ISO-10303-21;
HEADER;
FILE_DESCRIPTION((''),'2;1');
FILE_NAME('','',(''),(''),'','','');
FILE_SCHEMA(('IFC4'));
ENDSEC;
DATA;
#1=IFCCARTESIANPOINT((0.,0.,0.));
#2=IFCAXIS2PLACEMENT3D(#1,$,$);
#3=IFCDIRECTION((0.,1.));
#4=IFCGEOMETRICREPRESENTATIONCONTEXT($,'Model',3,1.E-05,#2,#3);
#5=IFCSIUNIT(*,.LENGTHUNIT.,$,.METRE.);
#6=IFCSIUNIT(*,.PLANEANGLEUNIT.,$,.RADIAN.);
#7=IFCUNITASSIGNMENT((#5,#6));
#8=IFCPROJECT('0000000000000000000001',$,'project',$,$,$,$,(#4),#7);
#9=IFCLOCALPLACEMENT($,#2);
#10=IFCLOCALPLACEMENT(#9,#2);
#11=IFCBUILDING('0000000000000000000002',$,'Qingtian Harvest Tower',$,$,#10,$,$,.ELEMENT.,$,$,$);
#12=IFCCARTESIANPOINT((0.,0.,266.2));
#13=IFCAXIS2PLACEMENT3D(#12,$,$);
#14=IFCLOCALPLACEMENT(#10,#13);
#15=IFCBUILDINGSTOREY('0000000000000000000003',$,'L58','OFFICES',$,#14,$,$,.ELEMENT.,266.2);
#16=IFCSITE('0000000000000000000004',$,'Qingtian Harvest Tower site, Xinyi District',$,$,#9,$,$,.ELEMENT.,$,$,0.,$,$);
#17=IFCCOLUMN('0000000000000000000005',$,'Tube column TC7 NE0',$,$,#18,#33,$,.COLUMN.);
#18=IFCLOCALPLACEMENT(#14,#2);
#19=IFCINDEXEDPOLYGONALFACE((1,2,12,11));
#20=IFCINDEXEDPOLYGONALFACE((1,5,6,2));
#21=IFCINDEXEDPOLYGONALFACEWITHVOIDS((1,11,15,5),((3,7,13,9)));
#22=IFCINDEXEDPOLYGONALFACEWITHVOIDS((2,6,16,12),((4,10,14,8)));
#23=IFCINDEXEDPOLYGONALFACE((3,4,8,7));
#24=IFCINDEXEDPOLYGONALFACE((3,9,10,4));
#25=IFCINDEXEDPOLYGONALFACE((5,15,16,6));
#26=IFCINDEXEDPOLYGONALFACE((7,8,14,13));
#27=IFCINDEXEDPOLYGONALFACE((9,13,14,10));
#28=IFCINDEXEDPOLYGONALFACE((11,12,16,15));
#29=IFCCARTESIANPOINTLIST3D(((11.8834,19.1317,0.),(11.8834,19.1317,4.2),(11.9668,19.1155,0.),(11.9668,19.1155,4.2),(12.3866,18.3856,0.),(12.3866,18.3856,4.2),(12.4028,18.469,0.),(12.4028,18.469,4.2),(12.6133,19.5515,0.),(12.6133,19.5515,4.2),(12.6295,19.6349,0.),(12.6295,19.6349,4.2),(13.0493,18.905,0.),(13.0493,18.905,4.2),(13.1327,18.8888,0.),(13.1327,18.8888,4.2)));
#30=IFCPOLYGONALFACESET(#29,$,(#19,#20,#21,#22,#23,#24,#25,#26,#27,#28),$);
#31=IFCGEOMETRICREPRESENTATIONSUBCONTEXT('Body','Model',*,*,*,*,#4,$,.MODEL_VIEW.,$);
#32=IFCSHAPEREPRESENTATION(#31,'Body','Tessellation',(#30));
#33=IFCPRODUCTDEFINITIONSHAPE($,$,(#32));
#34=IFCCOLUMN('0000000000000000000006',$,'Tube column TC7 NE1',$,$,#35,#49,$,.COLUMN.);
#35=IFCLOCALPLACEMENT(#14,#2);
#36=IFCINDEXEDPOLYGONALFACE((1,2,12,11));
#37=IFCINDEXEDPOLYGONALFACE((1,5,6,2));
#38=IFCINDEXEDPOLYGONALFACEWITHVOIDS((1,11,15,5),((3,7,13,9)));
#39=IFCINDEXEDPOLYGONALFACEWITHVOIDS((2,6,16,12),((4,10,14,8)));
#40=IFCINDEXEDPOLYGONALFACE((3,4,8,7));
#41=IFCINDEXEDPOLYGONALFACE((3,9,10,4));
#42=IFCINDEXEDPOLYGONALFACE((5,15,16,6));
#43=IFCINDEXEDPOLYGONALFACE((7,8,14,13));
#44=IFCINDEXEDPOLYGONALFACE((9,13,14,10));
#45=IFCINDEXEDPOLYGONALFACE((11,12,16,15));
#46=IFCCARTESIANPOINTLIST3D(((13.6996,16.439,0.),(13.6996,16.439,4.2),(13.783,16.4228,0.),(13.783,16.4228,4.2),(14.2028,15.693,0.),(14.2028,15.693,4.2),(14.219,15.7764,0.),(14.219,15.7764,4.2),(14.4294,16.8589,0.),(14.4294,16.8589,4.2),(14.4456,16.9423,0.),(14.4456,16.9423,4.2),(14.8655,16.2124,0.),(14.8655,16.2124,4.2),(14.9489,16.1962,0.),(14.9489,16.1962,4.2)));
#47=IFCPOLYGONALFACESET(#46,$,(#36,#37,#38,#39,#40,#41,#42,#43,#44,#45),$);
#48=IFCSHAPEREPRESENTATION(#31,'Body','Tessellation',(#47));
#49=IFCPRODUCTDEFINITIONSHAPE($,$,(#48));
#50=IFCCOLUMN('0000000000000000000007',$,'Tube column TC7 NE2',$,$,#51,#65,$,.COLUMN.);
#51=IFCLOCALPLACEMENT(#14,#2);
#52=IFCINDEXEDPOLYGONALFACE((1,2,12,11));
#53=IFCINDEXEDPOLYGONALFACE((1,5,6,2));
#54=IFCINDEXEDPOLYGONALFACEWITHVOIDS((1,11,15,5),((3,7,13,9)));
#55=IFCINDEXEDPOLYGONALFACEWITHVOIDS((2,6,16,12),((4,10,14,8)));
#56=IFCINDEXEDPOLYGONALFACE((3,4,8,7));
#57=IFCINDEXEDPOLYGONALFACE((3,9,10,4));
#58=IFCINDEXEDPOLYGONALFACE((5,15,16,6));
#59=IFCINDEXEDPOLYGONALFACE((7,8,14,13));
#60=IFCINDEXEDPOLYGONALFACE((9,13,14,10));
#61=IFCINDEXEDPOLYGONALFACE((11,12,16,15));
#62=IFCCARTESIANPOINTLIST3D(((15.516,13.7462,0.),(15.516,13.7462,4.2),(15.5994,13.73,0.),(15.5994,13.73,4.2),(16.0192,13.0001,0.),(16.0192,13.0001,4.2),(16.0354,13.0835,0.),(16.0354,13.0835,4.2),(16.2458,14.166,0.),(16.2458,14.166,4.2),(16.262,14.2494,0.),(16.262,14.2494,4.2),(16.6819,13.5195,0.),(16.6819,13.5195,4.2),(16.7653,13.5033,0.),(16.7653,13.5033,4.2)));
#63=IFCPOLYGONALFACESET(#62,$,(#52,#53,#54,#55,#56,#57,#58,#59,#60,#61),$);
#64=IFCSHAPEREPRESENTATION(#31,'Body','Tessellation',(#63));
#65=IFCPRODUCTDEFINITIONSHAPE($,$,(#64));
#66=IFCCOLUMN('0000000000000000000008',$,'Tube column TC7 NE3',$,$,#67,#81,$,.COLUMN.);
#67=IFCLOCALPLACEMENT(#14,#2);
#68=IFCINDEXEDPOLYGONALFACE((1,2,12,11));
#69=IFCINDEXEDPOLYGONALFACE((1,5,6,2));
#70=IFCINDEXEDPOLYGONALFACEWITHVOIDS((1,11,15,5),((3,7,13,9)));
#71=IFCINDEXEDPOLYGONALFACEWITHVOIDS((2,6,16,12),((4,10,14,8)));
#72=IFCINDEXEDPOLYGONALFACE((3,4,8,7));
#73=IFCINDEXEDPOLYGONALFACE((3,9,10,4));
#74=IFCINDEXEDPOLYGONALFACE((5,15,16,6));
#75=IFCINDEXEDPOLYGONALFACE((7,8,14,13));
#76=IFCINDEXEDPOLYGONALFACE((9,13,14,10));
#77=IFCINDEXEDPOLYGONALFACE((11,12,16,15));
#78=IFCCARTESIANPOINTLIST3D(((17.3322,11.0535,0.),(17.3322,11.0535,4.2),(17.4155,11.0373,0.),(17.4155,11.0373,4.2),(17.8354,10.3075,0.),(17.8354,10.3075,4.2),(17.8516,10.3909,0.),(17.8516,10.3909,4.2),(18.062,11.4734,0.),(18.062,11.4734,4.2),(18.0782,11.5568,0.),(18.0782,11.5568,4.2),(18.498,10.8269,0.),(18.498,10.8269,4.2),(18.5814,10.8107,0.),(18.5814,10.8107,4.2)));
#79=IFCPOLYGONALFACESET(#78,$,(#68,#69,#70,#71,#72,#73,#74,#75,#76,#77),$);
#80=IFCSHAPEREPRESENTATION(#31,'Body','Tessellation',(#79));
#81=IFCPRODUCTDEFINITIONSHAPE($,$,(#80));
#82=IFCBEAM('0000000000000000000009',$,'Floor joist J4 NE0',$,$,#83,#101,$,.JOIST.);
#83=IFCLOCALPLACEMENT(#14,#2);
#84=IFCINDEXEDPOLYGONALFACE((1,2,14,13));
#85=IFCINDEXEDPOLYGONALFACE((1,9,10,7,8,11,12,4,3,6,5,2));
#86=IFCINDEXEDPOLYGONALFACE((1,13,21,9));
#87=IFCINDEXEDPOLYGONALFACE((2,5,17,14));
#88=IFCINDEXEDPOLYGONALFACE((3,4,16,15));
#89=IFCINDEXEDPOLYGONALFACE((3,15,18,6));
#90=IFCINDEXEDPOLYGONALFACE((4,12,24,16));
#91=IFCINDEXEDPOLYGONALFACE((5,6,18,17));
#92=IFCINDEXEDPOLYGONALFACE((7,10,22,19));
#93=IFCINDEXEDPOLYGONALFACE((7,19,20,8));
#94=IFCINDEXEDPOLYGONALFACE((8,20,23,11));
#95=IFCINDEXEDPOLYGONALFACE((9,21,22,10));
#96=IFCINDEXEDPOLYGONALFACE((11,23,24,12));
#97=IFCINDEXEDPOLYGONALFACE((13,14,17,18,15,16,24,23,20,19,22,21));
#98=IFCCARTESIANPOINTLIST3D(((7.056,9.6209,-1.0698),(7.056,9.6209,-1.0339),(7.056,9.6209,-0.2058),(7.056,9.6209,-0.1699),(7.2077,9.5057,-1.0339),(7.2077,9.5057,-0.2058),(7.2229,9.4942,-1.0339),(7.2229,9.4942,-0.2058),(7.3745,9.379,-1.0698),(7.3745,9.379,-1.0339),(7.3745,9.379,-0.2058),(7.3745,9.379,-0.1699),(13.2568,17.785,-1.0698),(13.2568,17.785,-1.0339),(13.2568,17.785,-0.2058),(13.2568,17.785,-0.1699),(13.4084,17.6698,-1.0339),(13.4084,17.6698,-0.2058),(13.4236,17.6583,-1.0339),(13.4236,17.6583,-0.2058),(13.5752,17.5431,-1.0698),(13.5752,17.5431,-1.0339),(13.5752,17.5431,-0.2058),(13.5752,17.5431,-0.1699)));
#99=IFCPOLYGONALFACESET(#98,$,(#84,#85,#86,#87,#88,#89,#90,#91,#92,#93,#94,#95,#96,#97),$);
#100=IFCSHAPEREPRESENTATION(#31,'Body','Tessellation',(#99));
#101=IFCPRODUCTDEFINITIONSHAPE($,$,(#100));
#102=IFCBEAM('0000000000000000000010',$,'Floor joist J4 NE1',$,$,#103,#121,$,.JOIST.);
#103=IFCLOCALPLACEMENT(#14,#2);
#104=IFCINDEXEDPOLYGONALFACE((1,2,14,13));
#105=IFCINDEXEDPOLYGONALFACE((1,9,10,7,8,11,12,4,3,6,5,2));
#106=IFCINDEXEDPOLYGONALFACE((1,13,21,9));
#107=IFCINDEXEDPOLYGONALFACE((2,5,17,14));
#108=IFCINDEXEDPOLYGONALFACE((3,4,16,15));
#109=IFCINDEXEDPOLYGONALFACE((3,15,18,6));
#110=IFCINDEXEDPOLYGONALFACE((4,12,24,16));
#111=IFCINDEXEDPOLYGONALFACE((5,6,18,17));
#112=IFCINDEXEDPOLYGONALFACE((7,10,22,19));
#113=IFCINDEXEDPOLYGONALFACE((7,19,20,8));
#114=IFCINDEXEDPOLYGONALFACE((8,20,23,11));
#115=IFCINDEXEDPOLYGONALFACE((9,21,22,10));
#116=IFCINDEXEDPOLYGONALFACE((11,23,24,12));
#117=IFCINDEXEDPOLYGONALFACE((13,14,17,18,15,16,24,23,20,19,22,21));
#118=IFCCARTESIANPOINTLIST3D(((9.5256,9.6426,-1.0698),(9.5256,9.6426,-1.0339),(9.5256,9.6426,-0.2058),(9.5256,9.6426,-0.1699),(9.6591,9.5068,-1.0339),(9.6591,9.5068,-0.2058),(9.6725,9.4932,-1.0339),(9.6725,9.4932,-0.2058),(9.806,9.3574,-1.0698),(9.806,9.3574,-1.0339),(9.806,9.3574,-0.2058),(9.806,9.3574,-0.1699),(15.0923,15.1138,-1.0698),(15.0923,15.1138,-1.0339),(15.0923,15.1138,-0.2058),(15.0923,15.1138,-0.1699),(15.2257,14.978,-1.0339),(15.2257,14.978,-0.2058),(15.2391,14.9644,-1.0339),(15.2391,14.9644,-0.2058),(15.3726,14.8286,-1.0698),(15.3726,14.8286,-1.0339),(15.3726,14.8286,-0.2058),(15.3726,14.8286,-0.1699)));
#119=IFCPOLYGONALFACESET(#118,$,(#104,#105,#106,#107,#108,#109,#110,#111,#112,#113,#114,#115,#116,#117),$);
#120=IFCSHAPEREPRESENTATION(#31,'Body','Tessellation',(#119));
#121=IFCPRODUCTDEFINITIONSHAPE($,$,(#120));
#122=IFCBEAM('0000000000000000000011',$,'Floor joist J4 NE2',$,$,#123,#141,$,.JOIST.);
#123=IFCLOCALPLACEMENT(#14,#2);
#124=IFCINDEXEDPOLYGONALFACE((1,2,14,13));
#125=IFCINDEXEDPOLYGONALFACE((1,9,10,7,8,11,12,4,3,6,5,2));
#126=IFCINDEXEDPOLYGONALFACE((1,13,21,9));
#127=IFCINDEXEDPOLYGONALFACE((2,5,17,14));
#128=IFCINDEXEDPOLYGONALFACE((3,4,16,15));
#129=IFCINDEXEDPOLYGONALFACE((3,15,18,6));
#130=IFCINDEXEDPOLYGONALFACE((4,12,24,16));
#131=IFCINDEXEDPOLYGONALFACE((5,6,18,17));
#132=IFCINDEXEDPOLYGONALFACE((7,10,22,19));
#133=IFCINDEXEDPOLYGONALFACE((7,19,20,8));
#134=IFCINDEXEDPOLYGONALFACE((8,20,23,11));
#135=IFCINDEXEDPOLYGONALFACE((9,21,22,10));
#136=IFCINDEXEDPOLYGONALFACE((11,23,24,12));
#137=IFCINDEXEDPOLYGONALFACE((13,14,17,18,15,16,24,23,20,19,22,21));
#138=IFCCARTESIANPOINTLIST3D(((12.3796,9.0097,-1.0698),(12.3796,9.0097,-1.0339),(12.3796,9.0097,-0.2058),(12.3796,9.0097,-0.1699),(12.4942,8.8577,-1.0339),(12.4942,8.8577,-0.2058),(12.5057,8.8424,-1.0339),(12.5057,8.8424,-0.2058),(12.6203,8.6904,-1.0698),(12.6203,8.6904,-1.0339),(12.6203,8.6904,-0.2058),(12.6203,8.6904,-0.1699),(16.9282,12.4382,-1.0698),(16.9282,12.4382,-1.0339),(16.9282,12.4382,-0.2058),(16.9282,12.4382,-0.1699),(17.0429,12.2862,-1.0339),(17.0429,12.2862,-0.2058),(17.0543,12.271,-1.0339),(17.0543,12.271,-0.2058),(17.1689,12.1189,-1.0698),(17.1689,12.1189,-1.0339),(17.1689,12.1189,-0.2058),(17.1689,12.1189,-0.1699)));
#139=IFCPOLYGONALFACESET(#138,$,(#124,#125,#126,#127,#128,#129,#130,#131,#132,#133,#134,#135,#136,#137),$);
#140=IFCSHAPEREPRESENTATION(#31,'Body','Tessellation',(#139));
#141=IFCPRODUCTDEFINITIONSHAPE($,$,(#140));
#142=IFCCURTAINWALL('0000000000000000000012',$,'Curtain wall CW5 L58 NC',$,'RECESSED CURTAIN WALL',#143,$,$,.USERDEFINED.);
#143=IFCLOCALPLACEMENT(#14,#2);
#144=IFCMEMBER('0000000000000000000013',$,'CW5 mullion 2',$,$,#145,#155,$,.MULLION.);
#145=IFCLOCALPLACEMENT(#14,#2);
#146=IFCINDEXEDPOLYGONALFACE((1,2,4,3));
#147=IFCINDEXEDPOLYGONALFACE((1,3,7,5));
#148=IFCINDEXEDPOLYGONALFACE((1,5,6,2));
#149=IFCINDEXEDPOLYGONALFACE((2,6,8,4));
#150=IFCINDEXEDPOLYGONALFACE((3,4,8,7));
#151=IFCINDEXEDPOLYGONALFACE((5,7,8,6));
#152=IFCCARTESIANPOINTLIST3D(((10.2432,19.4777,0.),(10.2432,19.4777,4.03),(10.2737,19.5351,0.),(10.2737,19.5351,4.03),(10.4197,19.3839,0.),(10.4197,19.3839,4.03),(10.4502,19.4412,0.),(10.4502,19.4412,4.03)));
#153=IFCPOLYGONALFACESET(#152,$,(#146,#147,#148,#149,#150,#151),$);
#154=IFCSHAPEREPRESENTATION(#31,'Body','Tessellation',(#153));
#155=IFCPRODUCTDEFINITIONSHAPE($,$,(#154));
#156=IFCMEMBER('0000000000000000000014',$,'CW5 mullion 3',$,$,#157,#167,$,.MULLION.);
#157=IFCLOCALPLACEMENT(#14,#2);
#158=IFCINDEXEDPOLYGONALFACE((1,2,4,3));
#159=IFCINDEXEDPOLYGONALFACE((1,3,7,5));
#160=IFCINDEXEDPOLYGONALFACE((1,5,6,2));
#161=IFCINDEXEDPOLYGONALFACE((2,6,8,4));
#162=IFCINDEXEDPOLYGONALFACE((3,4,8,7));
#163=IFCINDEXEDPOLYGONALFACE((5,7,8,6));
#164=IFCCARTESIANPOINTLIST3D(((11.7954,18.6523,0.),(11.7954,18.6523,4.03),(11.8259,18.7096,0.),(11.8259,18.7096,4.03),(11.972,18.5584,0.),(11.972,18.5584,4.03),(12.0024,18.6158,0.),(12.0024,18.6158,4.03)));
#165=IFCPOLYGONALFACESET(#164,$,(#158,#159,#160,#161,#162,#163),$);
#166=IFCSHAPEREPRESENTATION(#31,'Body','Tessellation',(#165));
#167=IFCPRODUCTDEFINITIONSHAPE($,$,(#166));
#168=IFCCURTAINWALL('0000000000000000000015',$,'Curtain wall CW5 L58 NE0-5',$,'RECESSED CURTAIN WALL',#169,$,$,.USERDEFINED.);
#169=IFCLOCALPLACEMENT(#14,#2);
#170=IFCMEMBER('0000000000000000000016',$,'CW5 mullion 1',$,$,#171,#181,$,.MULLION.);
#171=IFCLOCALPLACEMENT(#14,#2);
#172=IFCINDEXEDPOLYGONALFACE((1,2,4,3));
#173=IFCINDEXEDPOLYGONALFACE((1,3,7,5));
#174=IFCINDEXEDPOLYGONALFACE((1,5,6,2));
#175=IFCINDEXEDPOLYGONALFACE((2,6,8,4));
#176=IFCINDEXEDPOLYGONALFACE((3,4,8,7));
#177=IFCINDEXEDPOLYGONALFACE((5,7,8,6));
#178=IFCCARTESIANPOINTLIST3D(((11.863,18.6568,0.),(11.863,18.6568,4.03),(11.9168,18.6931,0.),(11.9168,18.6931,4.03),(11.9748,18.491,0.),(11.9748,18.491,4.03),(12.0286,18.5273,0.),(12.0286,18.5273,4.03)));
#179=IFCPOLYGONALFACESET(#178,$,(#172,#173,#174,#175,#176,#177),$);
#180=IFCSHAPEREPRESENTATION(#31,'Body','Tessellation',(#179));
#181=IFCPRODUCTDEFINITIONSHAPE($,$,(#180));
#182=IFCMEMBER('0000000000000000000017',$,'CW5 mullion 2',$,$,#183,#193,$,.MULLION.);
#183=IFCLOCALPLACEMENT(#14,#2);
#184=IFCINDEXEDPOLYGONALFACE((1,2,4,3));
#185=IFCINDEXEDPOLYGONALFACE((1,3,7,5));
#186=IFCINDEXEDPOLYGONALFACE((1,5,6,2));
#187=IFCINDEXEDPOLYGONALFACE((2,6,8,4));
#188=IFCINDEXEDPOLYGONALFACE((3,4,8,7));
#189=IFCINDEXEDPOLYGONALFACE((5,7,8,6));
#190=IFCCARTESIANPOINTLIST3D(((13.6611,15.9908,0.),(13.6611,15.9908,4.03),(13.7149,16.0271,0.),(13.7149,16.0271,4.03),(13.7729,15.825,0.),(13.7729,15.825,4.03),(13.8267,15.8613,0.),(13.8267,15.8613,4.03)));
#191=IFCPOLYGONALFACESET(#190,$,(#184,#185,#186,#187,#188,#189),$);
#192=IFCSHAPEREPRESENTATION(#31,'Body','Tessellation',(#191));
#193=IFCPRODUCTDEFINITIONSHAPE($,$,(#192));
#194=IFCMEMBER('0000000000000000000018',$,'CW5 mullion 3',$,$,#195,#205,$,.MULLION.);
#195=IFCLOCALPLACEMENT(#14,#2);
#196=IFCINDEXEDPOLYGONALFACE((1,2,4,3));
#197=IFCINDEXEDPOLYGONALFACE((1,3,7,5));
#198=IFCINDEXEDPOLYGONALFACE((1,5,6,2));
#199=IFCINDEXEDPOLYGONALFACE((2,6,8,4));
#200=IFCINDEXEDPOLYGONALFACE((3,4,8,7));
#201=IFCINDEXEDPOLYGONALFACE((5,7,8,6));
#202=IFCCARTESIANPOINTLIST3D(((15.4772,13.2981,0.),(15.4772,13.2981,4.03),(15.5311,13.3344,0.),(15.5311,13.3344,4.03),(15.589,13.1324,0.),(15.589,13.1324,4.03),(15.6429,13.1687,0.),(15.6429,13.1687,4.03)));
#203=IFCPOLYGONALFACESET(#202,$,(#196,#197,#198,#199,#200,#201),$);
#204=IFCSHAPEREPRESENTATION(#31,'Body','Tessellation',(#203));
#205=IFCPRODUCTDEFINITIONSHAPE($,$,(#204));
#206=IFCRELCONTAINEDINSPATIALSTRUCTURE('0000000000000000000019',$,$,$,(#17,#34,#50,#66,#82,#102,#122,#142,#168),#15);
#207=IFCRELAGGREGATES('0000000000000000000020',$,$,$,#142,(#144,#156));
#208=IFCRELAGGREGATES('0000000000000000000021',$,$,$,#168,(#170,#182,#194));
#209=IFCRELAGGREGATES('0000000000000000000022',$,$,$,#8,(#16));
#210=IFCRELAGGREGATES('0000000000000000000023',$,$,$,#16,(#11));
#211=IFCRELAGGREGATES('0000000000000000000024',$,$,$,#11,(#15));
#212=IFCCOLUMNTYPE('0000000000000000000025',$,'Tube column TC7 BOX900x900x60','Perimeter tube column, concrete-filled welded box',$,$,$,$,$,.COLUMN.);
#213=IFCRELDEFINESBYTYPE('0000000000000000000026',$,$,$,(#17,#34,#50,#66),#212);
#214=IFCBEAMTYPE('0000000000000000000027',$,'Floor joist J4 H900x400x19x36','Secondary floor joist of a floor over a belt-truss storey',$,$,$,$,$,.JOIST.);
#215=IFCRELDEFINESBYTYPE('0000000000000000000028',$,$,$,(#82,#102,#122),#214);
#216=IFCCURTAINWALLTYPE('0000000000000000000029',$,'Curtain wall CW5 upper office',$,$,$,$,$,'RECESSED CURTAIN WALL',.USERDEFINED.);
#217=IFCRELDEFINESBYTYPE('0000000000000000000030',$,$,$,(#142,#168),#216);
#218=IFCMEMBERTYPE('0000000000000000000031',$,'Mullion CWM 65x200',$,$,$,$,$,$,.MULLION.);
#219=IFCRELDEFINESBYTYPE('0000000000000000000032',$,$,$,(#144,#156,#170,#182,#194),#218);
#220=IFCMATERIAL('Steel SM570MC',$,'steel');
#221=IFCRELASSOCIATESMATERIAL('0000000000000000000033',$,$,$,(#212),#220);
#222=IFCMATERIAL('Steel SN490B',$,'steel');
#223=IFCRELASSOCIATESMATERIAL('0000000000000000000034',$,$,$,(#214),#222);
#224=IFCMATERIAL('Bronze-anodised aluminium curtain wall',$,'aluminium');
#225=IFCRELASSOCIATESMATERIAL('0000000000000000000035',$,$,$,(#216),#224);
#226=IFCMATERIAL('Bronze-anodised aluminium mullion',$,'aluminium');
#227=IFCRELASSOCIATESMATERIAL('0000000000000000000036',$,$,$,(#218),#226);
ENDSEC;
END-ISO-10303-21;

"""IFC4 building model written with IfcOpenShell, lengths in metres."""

from ifc_helpers import new_model, si_unit, direction, frame, origin, origin_2d, place, context, subcontext, project, spatial, rectangle, hollow_rectangle, i_section, extrude, material, material_profile, profile_set, type_object, element, aggregate, save


model = new_model("IFC4")

# Units and contexts
model_context = context("Model", 3, precision=1e-05, world=origin(), true_north=direction((0.0, 1.0)))
body_context = subcontext(model_context, "Body", "Model", "MODEL_VIEW")
ifc_project = project(units=[si_unit("LENGTHUNIT", "METRE"), si_unit("PLANEANGLEUNIT", "RADIAN")], contexts=[model_context])

# Site, building, storey
site_placement = place(None, origin())
site = spatial("IfcSite", under=ifc_project, at=site_placement, Name="Qingtian Harvest Tower site, Xinyi District", CompositionType="ELEMENT", RefElevation=0.0)
building_placement = place(site_placement, origin())
building = spatial("IfcBuilding", under=site, at=building_placement, Name="Qingtian Harvest Tower", CompositionType="ELEMENT")
storey_placement = place(building_placement, frame((0.0, 0.0, 266.2)))
storey = spatial("IfcBuildingStorey", under=building, at=storey_placement, Name="L58", Description="OFFICES", CompositionType="ELEMENT", Elevation=266.2)

# Columns
ifc_material_1 = material(Name="Steel SM570MC", Category="steel")
ifc_material_profile_1 = material_profile(ifc_material_1, hollow_rectangle(XDim=0.8999, YDim=0.8999, WallThickness=0.0601, at=origin_2d()), Name="BOX900x900x60")
ifc_profile_set_1 = profile_set([ifc_material_profile_1], Name="Steel SM570MC")
column_type = type_object("IfcColumnType", Name="Tube column TC7 BOX900x900x60", Description="Perimeter tube column, concrete-filled welded box", PredefinedType="COLUMN", material=ifc_profile_set_1)
for number, where, z_axis, x_axis, name in (
    (1, (12.5081, 19.0103, 0.0), (0.0, 0.0, 1.0), (-0.559193, 0.829038, 0.0), "Tube column TC7 NE0"),
    (2, (14.3242, 16.3176, 0.0), (0.0, 0.0, 1.0), (-0.559193, 0.829038, 0.0), "Tube column TC7 NE1"),
    (3, (16.1406, 13.6248, 0.0), (0.0, 0.0, 1.0), (-0.559193, 0.829038, 0.0), "Tube column TC7 NE2"),
    (4, (17.9568, 10.9321, 0.0), (0.0, 0.0, 1.0), (-0.559193, 0.829038, 0.0), "Tube column TC7 NE3"),
):
    element("IfcColumn", number, at=place(storey_placement, frame(where, z_axis=z_axis, x_axis=x_axis)), inside=storey, type_object=column_type, Name=name, PredefinedType="COLUMN", context=body_context, shape_type="SweptSolid", body=[
        extrude(hollow_rectangle(XDim=0.8999, YDim=0.8999, WallThickness=0.0601, at=origin_2d()), origin(), (0.0, 0.0, 1.0), 4.2),
    ])

# Beams
ifc_material_2 = material(Name="Steel SN490B", Category="steel")
ifc_material_profile_2 = material_profile(ifc_material_2, i_section(OverallWidth=0.3999, OverallDepth=0.8999, WebThickness=0.019, FlangeThickness=0.0359, at=origin_2d()), Name="H900x400x19x36")
ifc_profile_set_2 = profile_set([ifc_material_profile_2], Name="Steel SN490B")
beam_type_1 = type_object("IfcBeamType", Name="Floor joist J4 H900x400x19x36", Description="Secondary floor joist of a floor over a belt-truss storey", PredefinedType="JOIST", material=ifc_profile_set_2)
beam_1_placement = place(storey_placement, frame((13.416, 17.6641, -0.6199), z_axis=(-0.604836, -0.79635, 0.0), x_axis=(0.79635, -0.604836, 0.0)))
element("IfcBeam", 5, at=beam_1_placement, inside=storey, type_object=beam_type_1, Name="Floor joist J4 NE0", PredefinedType="JOIST", context=body_context, shape_type="SweptSolid", body=[
    extrude(i_section(OverallWidth=0.3999, OverallDepth=0.8999, WebThickness=0.019, FlangeThickness=0.0359, at=origin_2d()), origin(), (0.0, 0.0, 1.0), 10.252),
])
beam_2_placement = place(storey_placement, frame((15.2324, 14.9712, -0.6199), z_axis=(-0.713195, -0.700965, 0.0), x_axis=(0.700965, -0.713195, 0.0)))
element("IfcBeam", 6, at=beam_2_placement, inside=storey, type_object=beam_type_1, Name="Floor joist J4 NE1", PredefinedType="JOIST", context=body_context, shape_type="SweptSolid", body=[
    extrude(i_section(OverallWidth=0.3999, OverallDepth=0.8999, WebThickness=0.019, FlangeThickness=0.0359, at=origin_2d()), origin(), (0.0, 0.0, 1.0), 7.8052),
])
beam_3_placement = place(storey_placement, frame((17.0486, 12.2786, -0.6199), z_axis=(-0.798563, -0.601912, 0.0), x_axis=(0.601912, -0.798563, 0.0)))
element("IfcBeam", 7, at=beam_3_placement, inside=storey, type_object=beam_type_1, Name="Floor joist J4 NE2", PredefinedType="JOIST", context=body_context, shape_type="SweptSolid", body=[
    extrude(i_section(OverallWidth=0.3999, OverallDepth=0.8999, WebThickness=0.019, FlangeThickness=0.0359, at=origin_2d()), origin(), (0.0, 0.0, 1.0), 5.696),
])

# Curtain walls, members
ifc_material_3 = material(Name="Bronze-anodised aluminium curtain wall", Category="aluminium")
curtain_wall_type = type_object("IfcCurtainWallType", Name="Curtain wall CW5 upper office", ElementType="RECESSED CURTAIN WALL", PredefinedType="USERDEFINED", material=ifc_material_3)
curtain_wall_1_placement = place(storey_placement, origin())
curtain_wall_1 = element("IfcCurtainWall", 8, at=curtain_wall_1_placement, inside=storey, type_object=curtain_wall_type, Name="Curtain wall CW5 L58 NC", ObjectType="RECESSED CURTAIN WALL", PredefinedType="USERDEFINED")
ifc_material_4 = material(Name="Bronze-anodised aluminium mullion", Category="aluminium")
ifc_material_profile_3 = material_profile(ifc_material_4, rectangle(XDim=0.0649, YDim=0.2, at=origin_2d()), Name="AL 65x200")
ifc_profile_set_3 = profile_set([ifc_material_profile_3], Name="Bronze-anodised aluminium mullion")
member_type_1 = type_object("IfcMemberType", Name="Mullion CWM 65x200", PredefinedType="MULLION", material=ifc_profile_set_3)
member_1_placement = place(storey_placement, frame((10.3467, 19.4595, 0.0), z_axis=(0.0, 0.0, 1.0), x_axis=(0.469472, 0.882948, 0.0)))
member_1 = element("IfcMember", 9, at=member_1_placement, type_object=member_type_1, Name="CW5 mullion 2", PredefinedType="MULLION", context=body_context, shape_type="SweptSolid", body=[
    extrude(rectangle(XDim=0.0649, YDim=0.2, at=origin_2d()), origin(), (0.0, 0.0, 1.0), 4.03),
])
member_2_placement = place(storey_placement, frame((11.8989, 18.634, 0.0), z_axis=(0.0, 0.0, 1.0), x_axis=(0.469472, 0.882948, 0.0)))
member_2 = element("IfcMember", 10, at=member_2_placement, type_object=member_type_1, Name="CW5 mullion 3", PredefinedType="MULLION", context=body_context, shape_type="SweptSolid", body=[
    extrude(rectangle(XDim=0.0649, YDim=0.2, at=origin_2d()), origin(), (0.0, 0.0, 1.0), 4.03),
])
curtain_wall_2_placement = place(storey_placement, origin())
curtain_wall_2 = element("IfcCurtainWall", 11, at=curtain_wall_2_placement, inside=storey, type_object=curtain_wall_type, Name="Curtain wall CW5 L58 NE0-5", ObjectType="RECESSED CURTAIN WALL", PredefinedType="USERDEFINED")
member_3_placement = place(storey_placement, frame((11.9458, 18.592, 0.0), z_axis=(0.0, 0.0, 1.0), x_axis=(0.829038, 0.559193, 0.0)))
member_3 = element("IfcMember", 12, at=member_3_placement, type_object=member_type_1, Name="CW5 mullion 1", PredefinedType="MULLION", context=body_context, shape_type="SweptSolid", body=[
    extrude(rectangle(XDim=0.0649, YDim=0.2, at=origin_2d()), origin(), (0.0, 0.0, 1.0), 4.03),
])
member_4_placement = place(storey_placement, frame((13.7439, 15.926, 0.0), z_axis=(0.0, 0.0, 1.0), x_axis=(0.829038, 0.559193, 0.0)))
member_4 = element("IfcMember", 13, at=member_4_placement, type_object=member_type_1, Name="CW5 mullion 2", PredefinedType="MULLION", context=body_context, shape_type="SweptSolid", body=[
    extrude(rectangle(XDim=0.0649, YDim=0.2, at=origin_2d()), origin(), (0.0, 0.0, 1.0), 4.03),
])
member_5_placement = place(storey_placement, frame((15.5601, 13.2334, 0.0), z_axis=(0.0, 0.0, 1.0), x_axis=(0.829038, 0.559193, 0.0)))
member_5 = element("IfcMember", 14, at=member_5_placement, type_object=member_type_1, Name="CW5 mullion 3", PredefinedType="MULLION", context=body_context, shape_type="SweptSolid", body=[
    extrude(rectangle(XDim=0.0649, YDim=0.2, at=origin_2d()), origin(), (0.0, 0.0, 1.0), 4.03),
])

aggregate(curtain_wall_1, [member_1, member_2])
aggregate(curtain_wall_2, [member_3, member_4, member_5])

save(model, "model.ifc")
